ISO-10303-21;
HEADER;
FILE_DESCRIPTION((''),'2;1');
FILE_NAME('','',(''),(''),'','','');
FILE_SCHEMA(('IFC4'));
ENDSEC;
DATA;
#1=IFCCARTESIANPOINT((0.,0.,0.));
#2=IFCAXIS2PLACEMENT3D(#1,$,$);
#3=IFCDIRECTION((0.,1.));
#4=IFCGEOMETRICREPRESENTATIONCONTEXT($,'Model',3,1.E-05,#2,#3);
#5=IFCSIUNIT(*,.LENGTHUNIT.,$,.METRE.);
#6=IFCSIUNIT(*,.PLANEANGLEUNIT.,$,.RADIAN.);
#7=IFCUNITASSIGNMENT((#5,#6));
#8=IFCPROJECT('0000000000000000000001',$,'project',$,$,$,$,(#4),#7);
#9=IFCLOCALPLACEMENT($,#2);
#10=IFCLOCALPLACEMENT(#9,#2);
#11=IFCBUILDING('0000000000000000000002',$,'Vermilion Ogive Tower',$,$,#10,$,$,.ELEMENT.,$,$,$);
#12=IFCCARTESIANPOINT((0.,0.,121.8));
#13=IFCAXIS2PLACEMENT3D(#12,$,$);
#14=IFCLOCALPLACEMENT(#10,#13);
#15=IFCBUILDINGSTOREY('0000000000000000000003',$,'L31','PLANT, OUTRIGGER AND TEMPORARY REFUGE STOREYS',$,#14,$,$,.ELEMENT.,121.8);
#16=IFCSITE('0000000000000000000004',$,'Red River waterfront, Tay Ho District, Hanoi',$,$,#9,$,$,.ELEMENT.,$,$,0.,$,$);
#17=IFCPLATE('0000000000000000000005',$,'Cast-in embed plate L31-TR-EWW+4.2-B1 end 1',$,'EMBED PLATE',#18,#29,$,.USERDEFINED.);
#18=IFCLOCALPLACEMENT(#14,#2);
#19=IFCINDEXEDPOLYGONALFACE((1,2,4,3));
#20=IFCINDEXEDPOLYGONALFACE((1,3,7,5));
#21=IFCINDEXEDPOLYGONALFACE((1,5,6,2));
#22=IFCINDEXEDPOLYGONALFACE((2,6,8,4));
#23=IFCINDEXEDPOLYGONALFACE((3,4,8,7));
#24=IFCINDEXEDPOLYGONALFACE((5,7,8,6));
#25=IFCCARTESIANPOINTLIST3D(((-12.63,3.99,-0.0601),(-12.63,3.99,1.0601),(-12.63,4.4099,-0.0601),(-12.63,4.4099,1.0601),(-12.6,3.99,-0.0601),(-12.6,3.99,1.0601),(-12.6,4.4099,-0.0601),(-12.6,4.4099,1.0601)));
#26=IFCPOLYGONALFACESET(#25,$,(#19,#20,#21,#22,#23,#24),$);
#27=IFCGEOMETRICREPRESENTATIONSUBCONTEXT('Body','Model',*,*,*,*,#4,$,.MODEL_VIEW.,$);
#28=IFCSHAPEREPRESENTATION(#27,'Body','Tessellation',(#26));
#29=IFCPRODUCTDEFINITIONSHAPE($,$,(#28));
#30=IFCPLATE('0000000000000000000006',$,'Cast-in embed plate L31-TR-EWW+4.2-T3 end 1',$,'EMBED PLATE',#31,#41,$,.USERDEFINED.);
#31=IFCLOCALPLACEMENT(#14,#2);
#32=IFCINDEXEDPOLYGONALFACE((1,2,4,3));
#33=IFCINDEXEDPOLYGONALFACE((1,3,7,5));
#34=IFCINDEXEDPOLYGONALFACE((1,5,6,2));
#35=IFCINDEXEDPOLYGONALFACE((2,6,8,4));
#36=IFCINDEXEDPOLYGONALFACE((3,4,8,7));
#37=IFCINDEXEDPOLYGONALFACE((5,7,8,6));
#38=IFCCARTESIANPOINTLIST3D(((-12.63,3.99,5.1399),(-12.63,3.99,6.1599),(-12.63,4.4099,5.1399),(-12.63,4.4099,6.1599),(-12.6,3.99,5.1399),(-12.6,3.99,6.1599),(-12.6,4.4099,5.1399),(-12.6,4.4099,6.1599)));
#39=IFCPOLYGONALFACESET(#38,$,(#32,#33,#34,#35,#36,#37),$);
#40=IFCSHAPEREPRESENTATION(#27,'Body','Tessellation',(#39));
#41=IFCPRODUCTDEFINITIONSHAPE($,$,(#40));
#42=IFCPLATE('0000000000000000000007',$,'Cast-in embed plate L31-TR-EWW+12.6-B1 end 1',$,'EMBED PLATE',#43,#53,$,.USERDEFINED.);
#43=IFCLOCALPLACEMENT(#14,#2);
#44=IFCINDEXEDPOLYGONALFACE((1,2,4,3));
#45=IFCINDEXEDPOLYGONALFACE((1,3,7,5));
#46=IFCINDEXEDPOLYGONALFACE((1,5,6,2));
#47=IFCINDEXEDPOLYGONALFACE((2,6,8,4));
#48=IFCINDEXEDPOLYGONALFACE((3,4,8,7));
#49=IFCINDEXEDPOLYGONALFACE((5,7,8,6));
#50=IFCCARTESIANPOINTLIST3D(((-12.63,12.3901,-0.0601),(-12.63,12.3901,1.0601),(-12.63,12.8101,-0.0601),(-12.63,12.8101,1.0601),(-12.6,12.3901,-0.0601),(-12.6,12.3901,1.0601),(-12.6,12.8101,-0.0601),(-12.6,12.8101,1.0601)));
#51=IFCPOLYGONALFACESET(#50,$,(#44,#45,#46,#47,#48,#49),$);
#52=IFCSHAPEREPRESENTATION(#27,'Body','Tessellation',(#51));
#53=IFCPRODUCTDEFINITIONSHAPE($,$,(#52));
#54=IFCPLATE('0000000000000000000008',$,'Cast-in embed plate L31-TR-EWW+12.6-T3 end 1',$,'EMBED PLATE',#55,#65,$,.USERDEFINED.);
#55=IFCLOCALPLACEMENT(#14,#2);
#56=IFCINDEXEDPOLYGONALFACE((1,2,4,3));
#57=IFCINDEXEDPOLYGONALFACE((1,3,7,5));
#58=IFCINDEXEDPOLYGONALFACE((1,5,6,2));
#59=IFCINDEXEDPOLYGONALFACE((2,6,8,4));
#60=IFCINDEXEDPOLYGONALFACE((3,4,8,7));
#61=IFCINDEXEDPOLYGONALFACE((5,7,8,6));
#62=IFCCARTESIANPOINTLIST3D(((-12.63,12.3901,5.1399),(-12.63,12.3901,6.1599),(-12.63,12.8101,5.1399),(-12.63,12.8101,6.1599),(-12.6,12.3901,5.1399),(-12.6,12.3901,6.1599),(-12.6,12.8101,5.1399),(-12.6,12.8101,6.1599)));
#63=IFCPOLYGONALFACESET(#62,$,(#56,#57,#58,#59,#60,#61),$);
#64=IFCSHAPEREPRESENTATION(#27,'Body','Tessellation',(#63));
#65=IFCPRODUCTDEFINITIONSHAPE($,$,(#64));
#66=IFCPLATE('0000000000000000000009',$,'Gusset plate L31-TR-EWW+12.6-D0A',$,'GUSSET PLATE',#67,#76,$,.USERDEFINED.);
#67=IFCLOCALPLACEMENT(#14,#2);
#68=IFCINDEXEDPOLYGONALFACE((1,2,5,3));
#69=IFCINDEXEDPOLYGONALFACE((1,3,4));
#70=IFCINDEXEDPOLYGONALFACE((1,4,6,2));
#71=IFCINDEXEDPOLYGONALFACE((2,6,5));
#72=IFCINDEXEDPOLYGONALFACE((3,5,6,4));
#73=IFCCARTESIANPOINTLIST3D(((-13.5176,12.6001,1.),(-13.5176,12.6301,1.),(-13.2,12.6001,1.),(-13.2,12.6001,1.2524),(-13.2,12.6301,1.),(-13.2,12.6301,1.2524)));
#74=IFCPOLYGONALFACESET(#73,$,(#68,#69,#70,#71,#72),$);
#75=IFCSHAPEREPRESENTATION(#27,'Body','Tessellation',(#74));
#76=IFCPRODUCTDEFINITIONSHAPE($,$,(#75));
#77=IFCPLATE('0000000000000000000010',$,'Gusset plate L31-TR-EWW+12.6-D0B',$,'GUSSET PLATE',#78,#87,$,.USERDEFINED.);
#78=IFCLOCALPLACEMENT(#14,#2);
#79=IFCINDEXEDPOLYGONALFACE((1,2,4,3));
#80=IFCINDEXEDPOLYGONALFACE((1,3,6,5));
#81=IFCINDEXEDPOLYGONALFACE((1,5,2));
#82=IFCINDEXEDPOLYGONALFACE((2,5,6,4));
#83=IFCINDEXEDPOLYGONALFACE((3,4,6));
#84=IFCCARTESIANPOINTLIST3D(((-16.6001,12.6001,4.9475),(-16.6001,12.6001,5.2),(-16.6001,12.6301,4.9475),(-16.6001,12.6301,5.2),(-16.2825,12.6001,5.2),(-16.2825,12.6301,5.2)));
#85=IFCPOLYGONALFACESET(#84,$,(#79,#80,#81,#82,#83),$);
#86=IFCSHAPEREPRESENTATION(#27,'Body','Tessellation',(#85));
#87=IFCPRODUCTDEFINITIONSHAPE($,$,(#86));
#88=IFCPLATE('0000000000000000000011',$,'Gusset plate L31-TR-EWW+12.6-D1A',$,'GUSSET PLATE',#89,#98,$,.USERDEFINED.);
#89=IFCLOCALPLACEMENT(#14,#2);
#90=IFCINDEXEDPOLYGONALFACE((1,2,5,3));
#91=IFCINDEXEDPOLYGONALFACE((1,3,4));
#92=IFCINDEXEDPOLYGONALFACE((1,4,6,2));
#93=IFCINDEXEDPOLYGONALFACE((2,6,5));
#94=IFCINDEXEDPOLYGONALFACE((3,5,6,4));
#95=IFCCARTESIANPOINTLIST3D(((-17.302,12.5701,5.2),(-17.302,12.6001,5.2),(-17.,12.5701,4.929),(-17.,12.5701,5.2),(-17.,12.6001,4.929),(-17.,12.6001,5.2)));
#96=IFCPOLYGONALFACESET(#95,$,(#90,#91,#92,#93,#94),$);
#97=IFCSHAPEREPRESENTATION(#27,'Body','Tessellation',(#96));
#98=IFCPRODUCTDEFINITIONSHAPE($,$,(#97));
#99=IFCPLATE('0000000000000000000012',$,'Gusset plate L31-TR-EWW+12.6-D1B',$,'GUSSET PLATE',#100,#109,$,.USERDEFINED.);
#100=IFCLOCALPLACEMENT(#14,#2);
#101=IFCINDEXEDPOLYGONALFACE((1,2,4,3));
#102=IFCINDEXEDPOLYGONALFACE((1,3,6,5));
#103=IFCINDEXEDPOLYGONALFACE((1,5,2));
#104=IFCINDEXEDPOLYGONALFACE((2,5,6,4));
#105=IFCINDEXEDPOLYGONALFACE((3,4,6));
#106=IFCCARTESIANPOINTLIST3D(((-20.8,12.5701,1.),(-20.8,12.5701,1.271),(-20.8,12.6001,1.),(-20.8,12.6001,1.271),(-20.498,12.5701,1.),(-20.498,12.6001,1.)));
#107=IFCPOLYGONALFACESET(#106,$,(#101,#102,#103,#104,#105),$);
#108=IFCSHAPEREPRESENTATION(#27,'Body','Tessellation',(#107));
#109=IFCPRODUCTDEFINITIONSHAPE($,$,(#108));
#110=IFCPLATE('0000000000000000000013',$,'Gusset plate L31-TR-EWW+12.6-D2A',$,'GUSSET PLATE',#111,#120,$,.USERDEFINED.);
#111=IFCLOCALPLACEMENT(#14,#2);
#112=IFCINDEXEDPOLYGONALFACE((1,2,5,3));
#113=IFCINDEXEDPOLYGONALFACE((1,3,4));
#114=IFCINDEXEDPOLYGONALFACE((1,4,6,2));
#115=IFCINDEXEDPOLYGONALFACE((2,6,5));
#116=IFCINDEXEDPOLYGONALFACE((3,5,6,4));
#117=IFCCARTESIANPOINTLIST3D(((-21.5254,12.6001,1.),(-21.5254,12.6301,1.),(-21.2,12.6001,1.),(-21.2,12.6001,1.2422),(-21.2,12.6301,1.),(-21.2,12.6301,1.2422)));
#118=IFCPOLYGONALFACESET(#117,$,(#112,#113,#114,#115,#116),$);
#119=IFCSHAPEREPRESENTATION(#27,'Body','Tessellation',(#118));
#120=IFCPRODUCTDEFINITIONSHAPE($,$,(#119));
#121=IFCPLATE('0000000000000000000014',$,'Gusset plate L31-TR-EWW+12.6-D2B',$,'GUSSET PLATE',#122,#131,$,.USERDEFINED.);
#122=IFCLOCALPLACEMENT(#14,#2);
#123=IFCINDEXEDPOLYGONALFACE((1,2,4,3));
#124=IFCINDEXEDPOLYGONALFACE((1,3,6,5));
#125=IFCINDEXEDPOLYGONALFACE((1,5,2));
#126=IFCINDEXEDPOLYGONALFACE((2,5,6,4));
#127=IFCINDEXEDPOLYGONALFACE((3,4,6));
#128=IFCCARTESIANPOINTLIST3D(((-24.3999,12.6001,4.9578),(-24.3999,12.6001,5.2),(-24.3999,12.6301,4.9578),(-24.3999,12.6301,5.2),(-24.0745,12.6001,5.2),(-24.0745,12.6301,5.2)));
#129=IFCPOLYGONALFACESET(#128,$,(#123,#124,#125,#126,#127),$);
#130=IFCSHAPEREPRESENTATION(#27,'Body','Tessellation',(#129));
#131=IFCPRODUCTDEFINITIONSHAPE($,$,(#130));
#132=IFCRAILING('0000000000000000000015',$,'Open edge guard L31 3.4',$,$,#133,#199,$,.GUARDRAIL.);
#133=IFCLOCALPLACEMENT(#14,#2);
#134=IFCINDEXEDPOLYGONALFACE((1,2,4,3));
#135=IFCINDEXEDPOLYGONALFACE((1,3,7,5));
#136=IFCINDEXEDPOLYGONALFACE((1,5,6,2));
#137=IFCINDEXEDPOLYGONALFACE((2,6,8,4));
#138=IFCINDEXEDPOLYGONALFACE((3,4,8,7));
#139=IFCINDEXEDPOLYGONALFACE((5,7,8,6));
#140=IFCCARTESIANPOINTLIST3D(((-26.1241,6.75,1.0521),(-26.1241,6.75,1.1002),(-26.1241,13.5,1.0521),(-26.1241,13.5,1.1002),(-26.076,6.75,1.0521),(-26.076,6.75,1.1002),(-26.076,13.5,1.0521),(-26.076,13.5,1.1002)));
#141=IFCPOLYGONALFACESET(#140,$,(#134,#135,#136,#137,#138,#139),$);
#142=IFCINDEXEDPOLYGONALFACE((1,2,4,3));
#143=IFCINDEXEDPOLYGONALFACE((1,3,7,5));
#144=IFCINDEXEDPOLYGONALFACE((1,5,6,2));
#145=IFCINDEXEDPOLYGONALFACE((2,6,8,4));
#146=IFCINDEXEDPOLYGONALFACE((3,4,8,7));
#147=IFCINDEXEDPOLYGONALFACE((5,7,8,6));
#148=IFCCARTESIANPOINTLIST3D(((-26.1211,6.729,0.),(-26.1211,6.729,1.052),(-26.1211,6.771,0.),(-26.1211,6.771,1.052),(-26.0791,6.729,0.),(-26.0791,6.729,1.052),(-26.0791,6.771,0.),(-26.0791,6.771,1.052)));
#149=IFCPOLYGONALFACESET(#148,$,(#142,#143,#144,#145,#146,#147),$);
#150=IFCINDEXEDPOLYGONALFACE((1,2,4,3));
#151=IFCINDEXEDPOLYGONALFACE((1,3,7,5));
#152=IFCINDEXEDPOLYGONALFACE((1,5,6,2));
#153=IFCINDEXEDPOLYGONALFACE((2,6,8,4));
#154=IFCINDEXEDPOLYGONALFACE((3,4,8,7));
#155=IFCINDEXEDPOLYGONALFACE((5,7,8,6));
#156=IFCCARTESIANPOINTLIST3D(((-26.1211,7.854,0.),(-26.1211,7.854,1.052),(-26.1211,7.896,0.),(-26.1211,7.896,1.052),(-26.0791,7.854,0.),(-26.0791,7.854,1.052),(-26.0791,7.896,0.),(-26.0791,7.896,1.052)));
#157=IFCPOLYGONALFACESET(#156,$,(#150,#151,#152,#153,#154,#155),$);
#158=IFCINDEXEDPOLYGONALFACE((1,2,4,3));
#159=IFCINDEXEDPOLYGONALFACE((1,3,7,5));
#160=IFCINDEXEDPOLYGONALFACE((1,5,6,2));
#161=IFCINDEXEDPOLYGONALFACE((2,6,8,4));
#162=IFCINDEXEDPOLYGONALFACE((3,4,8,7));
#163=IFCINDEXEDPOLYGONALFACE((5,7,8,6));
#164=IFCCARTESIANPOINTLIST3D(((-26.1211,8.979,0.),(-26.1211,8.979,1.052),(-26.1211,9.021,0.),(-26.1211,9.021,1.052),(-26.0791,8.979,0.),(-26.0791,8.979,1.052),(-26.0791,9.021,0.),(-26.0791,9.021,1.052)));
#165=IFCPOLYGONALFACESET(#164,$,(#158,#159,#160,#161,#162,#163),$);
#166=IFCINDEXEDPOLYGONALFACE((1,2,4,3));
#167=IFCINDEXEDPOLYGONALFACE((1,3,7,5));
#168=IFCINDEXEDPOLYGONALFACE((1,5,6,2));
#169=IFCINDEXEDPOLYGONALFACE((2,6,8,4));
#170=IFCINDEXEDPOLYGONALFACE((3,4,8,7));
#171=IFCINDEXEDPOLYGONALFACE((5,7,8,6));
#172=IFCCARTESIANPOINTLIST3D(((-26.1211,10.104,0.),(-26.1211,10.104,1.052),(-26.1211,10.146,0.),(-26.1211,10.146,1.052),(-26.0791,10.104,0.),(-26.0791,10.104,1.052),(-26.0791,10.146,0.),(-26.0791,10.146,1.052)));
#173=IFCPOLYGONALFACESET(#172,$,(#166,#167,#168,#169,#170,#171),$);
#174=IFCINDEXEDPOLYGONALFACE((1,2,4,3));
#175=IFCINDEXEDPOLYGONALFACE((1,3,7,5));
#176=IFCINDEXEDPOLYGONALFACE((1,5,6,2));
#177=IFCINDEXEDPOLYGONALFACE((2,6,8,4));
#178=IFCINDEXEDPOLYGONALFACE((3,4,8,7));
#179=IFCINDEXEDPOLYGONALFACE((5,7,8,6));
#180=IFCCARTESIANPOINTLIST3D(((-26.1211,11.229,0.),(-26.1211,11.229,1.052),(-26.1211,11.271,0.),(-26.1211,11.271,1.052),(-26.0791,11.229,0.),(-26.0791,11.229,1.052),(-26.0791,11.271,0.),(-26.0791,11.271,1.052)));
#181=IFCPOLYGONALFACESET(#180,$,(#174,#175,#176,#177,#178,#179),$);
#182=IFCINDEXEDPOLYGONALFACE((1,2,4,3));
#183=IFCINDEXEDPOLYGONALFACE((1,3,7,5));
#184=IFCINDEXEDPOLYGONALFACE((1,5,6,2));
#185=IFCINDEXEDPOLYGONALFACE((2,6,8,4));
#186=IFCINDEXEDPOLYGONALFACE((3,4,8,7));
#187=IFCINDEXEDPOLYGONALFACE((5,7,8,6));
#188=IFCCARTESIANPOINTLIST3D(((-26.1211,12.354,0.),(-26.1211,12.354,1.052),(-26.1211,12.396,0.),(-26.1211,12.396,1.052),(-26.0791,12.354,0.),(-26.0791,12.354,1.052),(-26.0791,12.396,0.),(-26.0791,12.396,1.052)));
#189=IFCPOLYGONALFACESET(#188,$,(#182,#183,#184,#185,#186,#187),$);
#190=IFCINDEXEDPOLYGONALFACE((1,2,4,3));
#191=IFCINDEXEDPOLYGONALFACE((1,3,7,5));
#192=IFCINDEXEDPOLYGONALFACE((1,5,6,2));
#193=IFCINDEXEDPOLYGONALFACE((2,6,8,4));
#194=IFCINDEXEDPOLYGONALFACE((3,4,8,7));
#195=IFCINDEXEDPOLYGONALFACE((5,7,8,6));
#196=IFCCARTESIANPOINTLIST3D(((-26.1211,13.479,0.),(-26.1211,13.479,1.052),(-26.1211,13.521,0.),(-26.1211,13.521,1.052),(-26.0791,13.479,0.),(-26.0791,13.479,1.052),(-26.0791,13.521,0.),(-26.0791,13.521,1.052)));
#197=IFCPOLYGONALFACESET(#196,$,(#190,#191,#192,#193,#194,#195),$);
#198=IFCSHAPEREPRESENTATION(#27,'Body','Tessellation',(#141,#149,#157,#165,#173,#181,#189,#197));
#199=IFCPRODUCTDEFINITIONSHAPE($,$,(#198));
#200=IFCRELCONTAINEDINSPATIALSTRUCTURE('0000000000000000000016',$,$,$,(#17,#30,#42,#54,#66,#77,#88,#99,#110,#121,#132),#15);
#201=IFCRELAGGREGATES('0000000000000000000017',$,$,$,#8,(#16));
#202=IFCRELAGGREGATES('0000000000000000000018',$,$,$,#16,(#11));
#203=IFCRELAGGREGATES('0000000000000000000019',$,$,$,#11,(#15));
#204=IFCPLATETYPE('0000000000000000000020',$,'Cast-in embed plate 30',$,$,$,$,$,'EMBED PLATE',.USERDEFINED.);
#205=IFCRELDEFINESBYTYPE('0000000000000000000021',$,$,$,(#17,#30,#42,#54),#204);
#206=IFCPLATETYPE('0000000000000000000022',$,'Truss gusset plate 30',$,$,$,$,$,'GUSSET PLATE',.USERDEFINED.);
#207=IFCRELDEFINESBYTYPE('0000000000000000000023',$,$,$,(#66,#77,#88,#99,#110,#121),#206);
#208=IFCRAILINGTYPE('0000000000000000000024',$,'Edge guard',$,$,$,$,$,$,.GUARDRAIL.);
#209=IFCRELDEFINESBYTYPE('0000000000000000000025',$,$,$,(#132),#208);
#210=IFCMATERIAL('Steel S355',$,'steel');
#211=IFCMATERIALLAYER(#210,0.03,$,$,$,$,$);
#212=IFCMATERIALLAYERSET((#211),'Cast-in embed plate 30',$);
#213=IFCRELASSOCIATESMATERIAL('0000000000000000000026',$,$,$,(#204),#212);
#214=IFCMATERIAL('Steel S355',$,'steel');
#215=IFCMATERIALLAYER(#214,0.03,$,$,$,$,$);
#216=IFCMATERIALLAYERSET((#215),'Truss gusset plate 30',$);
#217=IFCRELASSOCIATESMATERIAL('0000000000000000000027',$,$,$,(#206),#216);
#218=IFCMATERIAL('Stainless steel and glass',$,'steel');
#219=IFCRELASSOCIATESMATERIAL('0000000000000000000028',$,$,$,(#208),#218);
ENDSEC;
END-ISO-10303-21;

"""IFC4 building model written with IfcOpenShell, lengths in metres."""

from ifc_helpers import new_model, si_unit, direction, frame, origin, origin_2d, place, context, subcontext, project, spatial, polyline, rectangle, outline, extrude, material, layer, layer_set, type_object, element, save


model = new_model("IFC4")

# Units and contexts
model_context = context("Model", 3, precision=1e-05, world=origin(), true_north=direction((0.0, 1.0)))
body_context = subcontext(model_context, "Body", "Model", "MODEL_VIEW")
ifc_project = project(units=[si_unit("LENGTHUNIT", "METRE"), si_unit("PLANEANGLEUNIT", "RADIAN")], contexts=[model_context])

# Site, building, storey
site_placement = place(None, origin())
site = spatial("IfcSite", under=ifc_project, at=site_placement, Name="Red River waterfront, Tay Ho District, Hanoi", CompositionType="ELEMENT", RefElevation=0.0)
building_placement = place(site_placement, origin())
building = spatial("IfcBuilding", under=site, at=building_placement, Name="Vermilion Ogive Tower", CompositionType="ELEMENT")
storey_placement = place(building_placement, frame((0.0, 0.0, 121.8)))
storey = spatial("IfcBuildingStorey", under=building, at=storey_placement, Name="L31", Description="PLANT, OUTRIGGER AND TEMPORARY REFUGE STOREYS", CompositionType="ELEMENT", Elevation=121.8)

# Plates
ifc_material_1 = material(Name="Steel S355", Category="steel")
ifc_layer_1 = layer(ifc_material_1, 0.03)
ifc_layer_set_1 = layer_set([ifc_layer_1], Name="Cast-in embed plate 30")
plate_type_1 = type_object("IfcPlateType", Name="Cast-in embed plate 30", ElementType="EMBED PLATE", PredefinedType="USERDEFINED", material=ifc_layer_set_1)
plate_1_placement = place(storey_placement, frame((-12.615, 4.2, -0.0601), z_axis=(0.0, 0.0, 1.0), x_axis=(1.0, 0.0, 0.0)))
element("IfcPlate", 1, at=plate_1_placement, inside=storey, type_object=plate_type_1, Name="Cast-in embed plate L31-TR-EWW+4.2-B1 end 1", ObjectType="EMBED PLATE", PredefinedType="USERDEFINED", context=body_context, shape_type="SweptSolid", body=[
    extrude(rectangle(XDim=0.03, YDim=0.4199, at=origin_2d()), origin(), (0.0, 0.0, 1.0), 1.1201),
])
plate_2_placement = place(storey_placement, frame((-12.615, 4.2, 5.1399), z_axis=(0.0, 0.0, 1.0), x_axis=(1.0, 0.0, 0.0)))
element("IfcPlate", 2, at=plate_2_placement, inside=storey, type_object=plate_type_1, Name="Cast-in embed plate L31-TR-EWW+4.2-T3 end 1", ObjectType="EMBED PLATE", PredefinedType="USERDEFINED", context=body_context, shape_type="SweptSolid", body=[
    extrude(rectangle(XDim=0.03, YDim=0.4199, at=origin_2d()), origin(), (0.0, 0.0, 1.0), 1.02),
])
plate_3_placement = place(storey_placement, frame((-12.615, 12.6001, -0.0601), z_axis=(0.0, 0.0, 1.0), x_axis=(1.0, 0.0, 0.0)))
element("IfcPlate", 3, at=plate_3_placement, inside=storey, type_object=plate_type_1, Name="Cast-in embed plate L31-TR-EWW+12.6-B1 end 1", ObjectType="EMBED PLATE", PredefinedType="USERDEFINED", context=body_context, shape_type="SweptSolid", body=[
    extrude(rectangle(XDim=0.03, YDim=0.4199, at=origin_2d()), origin(), (0.0, 0.0, 1.0), 1.1201),
])
plate_4_placement = place(storey_placement, frame((-12.615, 12.6001, 5.1399), z_axis=(0.0, 0.0, 1.0), x_axis=(1.0, 0.0, 0.0)))
element("IfcPlate", 4, at=plate_4_placement, inside=storey, type_object=plate_type_1, Name="Cast-in embed plate L31-TR-EWW+12.6-T3 end 1", ObjectType="EMBED PLATE", PredefinedType="USERDEFINED", context=body_context, shape_type="SweptSolid", body=[
    extrude(rectangle(XDim=0.03, YDim=0.4199, at=origin_2d()), origin(), (0.0, 0.0, 1.0), 1.02),
])
ifc_material_2 = material(Name="Steel S355", Category="steel")
ifc_layer_2 = layer(ifc_material_2, 0.03)
ifc_layer_set_2 = layer_set([ifc_layer_2], Name="Truss gusset plate 30")
plate_type_2 = type_object("IfcPlateType", Name="Truss gusset plate 30", ElementType="GUSSET PLATE", PredefinedType="USERDEFINED", material=ifc_layer_set_2)
for number, where, z_axis, x_axis, name in (
    (5, (-13.2, 12.6001, 1.2524), (0.0, -1.0, 0.0), (-0.782861, 0.0, -0.622197), "Gusset plate L31-TR-EWW+12.6-D0A"),
    (6, (-16.6001, 12.6001, 4.9475), (0.0, -1.0, 0.0), (0.782861, 0.0, 0.622197), "Gusset plate L31-TR-EWW+12.6-D0B"),
):
    element("IfcPlate", number, at=place(storey_placement, frame(where, z_axis=z_axis, x_axis=x_axis)), inside=storey, type_object=plate_type_2, Name=name, ObjectType="GUSSET PLATE", PredefinedType="USERDEFINED", context=body_context, shape_type="SweptSolid", body=[
        extrude(outline(polyline([(0.0, 0.0), (0.4057, 0.0), (0.1571, 0.1976), (0.0, 0.0)])), origin(), (0.0, 0.0, -1.0), 0.03),
    ])
for number, where, z_axis, x_axis, name in (
    (7, (-17.0, 12.6001, 4.929), (0.0, 1.0, 0.0), (-0.744281, 0.0, 0.667867), "Gusset plate L31-TR-EWW+12.6-D1A"),
    (8, (-20.8, 12.6001, 1.271), (0.0, 1.0, 0.0), (0.744281, 0.0, -0.667867), "Gusset plate L31-TR-EWW+12.6-D1B"),
):
    element("IfcPlate", number, at=place(storey_placement, frame(where, z_axis=z_axis, x_axis=x_axis)), inside=storey, type_object=plate_type_2, Name=name, ObjectType="GUSSET PLATE", PredefinedType="USERDEFINED", context=body_context, shape_type="SweptSolid", body=[
        extrude(outline(polyline([(0.0, 0.0), (0.4058, 0.0), (0.181, 0.2017), (0.0, 0.0)])), origin(), (0.0, 0.0, -1.0), 0.03),
    ])
for number, where, z_axis, x_axis, name in (
    (9, (-21.2, 12.6001, 1.2422), (0.0, -1.0, 0.0), (-0.802233, 0.0, -0.597011), "Gusset plate L31-TR-EWW+12.6-D2A"),
    (10, (-24.3999, 12.6001, 4.9578), (0.0, -1.0, 0.0), (0.802233, 0.0, 0.597011), "Gusset plate L31-TR-EWW+12.6-D2B"),
):
    element("IfcPlate", number, at=place(storey_placement, frame(where, z_axis=z_axis, x_axis=x_axis)), inside=storey, type_object=plate_type_2, Name=name, ObjectType="GUSSET PLATE", PredefinedType="USERDEFINED", context=body_context, shape_type="SweptSolid", body=[
        extrude(outline(polyline([(0.0, 0.0), (0.4057, 0.0), (0.1446, 0.1943), (0.0, 0.0)])), origin(), (0.0, 0.0, -1.0), 0.03),
    ])

# Railing
ifc_material_3 = material(Name="Stainless steel and glass", Category="steel")
railing_type = type_object("IfcRailingType", Name="Edge guard", PredefinedType="GUARDRAIL", material=ifc_material_3)
railing_1_placement = place(storey_placement, frame((-26.1001, 6.75, 0.0)))
element("IfcRailing", 11, at=railing_1_placement, inside=storey, type_object=railing_type, Name="Open edge guard L31 3.4", PredefinedType="GUARDRAIL", context=body_context, shape_type="SweptSolid", body=[
    extrude(rectangle(XDim=0.0481, YDim=0.0481, at=origin_2d()), frame((0.0, 0.0, 1.0762), z_axis=(0.0, 1.0, 0.0), x_axis=(-1.0, 0.0, 0.0)), (0.0, 0.0, 1.0), 6.75),
    extrude(rectangle(XDim=0.042, YDim=0.042, at=origin_2d()), origin(), (0.0, 0.0, 1.0), 1.052),
    extrude(rectangle(XDim=0.042, YDim=0.042, at=origin_2d()), frame((0.0, 1.125, 0.0)), (0.0, 0.0, 1.0), 1.052),
    extrude(rectangle(XDim=0.042, YDim=0.042, at=origin_2d()), frame((0.0, 2.25, 0.0)), (0.0, 0.0, 1.0), 1.052),
    extrude(rectangle(XDim=0.042, YDim=0.042, at=origin_2d()), frame((0.0, 3.375, 0.0)), (0.0, 0.0, 1.0), 1.052),
    extrude(rectangle(XDim=0.042, YDim=0.042, at=origin_2d()), frame((0.0, 4.5, 0.0)), (0.0, 0.0, 1.0), 1.052),
    extrude(rectangle(XDim=0.042, YDim=0.042, at=origin_2d()), frame((0.0, 5.625, 0.0)), (0.0, 0.0, 1.0), 1.052),
    extrude(rectangle(XDim=0.042, YDim=0.042, at=origin_2d()), frame((0.0, 6.75, 0.0)), (0.0, 0.0, 1.0), 1.052),
])

save(model, "model.ifc")
